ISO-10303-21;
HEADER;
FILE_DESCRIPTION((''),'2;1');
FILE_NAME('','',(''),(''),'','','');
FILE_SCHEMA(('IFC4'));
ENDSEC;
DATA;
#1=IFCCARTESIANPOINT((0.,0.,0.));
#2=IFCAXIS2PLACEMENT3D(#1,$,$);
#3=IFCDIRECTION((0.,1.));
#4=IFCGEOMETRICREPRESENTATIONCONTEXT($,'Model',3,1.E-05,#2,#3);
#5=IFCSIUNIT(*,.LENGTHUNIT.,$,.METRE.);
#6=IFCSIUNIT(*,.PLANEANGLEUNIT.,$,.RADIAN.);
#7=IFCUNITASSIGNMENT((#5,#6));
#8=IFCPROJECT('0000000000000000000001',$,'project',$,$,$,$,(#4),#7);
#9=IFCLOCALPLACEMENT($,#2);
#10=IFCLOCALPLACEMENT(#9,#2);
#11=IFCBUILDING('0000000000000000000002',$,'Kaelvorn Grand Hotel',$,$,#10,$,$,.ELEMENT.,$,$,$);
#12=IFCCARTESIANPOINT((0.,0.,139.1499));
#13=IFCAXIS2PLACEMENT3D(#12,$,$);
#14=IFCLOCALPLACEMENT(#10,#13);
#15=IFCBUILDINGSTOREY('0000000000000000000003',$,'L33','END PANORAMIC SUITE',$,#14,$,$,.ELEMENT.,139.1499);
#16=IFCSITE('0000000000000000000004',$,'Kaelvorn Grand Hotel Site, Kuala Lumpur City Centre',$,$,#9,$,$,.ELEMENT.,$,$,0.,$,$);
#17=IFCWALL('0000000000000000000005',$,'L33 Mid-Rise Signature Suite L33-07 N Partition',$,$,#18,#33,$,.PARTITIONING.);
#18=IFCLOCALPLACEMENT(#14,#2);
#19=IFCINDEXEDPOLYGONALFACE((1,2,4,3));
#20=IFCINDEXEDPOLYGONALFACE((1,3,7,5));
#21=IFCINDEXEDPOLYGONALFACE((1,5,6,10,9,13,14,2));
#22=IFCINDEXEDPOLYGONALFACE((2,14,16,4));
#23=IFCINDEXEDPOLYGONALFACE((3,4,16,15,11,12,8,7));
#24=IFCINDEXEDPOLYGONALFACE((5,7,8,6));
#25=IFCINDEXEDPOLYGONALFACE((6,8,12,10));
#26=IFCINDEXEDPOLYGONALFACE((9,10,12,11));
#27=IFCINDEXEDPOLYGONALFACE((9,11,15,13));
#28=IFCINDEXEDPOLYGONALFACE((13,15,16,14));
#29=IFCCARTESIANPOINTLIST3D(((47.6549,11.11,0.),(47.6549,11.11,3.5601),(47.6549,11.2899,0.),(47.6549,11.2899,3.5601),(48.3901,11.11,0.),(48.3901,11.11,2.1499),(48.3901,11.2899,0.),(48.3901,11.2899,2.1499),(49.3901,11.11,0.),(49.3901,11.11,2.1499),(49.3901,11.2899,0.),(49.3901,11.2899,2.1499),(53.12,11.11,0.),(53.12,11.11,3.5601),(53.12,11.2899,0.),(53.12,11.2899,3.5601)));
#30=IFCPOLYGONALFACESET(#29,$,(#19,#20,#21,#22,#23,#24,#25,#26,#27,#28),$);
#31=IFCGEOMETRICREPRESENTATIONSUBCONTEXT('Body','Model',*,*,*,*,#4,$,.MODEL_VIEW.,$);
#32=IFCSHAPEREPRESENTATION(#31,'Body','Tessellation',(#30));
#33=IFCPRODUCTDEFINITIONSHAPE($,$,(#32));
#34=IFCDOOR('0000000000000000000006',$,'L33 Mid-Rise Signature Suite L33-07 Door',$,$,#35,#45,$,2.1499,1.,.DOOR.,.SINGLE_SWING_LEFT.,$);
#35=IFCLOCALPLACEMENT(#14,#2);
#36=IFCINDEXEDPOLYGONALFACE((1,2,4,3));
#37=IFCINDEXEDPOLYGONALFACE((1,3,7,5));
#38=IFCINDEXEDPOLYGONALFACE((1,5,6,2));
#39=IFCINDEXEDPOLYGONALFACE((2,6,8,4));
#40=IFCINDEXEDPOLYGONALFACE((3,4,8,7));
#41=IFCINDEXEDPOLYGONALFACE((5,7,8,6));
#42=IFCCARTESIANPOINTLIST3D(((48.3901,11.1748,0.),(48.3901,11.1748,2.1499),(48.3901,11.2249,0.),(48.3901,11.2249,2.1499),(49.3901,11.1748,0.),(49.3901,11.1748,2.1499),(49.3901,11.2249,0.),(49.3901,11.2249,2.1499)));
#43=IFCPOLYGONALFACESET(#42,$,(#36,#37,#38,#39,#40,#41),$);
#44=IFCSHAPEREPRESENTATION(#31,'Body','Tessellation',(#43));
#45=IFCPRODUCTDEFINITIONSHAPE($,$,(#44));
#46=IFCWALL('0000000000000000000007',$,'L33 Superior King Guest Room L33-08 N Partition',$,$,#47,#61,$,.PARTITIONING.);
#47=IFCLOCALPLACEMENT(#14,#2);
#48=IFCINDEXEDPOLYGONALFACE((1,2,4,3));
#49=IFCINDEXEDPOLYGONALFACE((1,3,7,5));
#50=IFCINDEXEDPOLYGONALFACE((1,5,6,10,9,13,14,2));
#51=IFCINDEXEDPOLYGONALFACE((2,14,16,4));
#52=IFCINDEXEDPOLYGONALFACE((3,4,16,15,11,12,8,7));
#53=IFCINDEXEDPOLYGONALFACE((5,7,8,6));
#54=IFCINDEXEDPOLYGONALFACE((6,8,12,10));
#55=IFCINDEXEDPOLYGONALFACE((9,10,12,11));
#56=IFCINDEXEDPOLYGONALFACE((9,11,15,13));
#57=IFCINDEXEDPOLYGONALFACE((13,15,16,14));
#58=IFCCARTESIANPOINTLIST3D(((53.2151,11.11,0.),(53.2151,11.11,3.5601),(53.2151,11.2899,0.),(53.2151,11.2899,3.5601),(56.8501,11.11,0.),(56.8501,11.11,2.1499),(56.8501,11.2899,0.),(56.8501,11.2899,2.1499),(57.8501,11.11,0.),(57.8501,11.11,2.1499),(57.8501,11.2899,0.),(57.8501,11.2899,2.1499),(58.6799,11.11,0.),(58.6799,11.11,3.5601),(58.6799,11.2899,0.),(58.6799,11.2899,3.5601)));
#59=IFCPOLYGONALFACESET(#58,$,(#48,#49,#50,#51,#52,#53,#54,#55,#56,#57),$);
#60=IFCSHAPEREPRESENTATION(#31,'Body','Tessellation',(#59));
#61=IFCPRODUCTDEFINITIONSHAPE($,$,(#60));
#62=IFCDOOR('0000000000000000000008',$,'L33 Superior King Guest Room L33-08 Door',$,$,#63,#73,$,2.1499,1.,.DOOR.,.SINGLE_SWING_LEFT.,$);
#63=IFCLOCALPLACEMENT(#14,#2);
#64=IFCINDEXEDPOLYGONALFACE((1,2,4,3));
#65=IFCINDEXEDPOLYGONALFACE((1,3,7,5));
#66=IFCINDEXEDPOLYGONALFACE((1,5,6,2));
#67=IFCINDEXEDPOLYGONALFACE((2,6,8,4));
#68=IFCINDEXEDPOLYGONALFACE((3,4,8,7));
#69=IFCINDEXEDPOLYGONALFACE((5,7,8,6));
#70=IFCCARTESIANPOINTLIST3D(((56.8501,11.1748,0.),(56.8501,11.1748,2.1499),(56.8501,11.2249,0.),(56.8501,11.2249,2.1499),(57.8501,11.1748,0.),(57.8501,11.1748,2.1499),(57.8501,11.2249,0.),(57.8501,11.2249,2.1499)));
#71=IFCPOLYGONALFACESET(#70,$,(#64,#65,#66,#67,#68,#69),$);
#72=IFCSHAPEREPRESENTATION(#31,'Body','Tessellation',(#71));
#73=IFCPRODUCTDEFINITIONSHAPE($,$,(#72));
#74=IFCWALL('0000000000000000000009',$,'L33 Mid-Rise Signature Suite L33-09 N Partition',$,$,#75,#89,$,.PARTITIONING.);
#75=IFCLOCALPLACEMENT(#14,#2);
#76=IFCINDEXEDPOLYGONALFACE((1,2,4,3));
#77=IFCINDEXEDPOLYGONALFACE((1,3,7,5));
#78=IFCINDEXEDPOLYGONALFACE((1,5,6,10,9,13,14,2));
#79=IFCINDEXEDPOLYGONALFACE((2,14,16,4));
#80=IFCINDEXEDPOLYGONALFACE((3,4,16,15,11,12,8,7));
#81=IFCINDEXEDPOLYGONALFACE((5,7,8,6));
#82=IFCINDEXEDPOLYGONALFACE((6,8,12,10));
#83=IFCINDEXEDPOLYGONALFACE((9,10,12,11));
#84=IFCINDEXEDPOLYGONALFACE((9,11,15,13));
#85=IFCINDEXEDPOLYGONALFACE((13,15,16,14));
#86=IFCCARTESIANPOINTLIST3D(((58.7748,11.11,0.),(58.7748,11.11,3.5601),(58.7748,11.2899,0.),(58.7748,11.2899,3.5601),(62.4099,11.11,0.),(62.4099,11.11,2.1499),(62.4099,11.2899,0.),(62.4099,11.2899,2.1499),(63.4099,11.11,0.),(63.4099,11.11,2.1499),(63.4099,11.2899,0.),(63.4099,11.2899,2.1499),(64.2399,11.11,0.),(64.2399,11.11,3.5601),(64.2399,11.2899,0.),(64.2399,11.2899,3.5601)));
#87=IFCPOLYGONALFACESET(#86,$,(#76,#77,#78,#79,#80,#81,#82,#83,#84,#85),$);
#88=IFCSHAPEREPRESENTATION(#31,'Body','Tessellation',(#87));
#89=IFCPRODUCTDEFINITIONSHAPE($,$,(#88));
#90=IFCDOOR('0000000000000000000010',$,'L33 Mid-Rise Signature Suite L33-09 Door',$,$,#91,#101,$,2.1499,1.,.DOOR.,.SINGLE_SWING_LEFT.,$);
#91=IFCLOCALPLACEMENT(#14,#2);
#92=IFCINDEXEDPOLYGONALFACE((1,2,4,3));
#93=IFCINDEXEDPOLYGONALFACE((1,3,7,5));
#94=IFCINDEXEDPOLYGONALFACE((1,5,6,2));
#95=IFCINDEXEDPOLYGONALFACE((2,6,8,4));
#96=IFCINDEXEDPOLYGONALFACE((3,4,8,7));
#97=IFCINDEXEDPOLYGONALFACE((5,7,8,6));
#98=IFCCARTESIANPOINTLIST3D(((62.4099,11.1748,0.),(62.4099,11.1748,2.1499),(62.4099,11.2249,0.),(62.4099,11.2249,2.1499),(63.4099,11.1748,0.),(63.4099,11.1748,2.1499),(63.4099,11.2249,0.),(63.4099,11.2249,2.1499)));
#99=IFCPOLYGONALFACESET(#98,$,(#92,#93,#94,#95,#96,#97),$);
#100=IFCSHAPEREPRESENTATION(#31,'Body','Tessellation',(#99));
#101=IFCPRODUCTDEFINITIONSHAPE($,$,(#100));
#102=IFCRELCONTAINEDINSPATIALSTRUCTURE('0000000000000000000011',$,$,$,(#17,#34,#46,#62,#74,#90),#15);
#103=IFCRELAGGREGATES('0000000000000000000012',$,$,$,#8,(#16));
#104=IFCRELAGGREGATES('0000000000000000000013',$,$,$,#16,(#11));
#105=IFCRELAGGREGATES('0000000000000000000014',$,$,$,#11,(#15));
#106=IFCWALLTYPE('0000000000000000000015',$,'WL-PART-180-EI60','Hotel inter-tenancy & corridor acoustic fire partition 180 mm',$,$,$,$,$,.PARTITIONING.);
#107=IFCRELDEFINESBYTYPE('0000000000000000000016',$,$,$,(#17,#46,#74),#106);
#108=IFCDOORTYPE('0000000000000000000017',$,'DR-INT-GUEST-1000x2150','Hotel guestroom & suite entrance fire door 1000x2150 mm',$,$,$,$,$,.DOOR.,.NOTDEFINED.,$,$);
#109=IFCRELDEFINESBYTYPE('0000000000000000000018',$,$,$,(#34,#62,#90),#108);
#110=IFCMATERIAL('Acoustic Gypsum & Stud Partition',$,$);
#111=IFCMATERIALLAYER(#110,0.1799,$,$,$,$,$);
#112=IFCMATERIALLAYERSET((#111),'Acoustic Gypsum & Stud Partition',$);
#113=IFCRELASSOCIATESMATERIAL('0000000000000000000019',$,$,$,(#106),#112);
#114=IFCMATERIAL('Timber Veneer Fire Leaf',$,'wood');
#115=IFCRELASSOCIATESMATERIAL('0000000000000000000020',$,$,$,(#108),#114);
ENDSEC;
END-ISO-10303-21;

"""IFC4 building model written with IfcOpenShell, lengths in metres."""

from ifc_helpers import new_model, si_unit, direction, frame, frame_2d, origin, place, context, subcontext, project, spatial, rectangle, extrude, material, layer, layer_set, type_object, element, fill, save


model = new_model("IFC4")

# Units and contexts
model_context = context("Model", 3, precision=1e-05, world=origin(), true_north=direction((0.0, 1.0)))
body_context = subcontext(model_context, "Body", "Model", "MODEL_VIEW")
ifc_project = project(units=[si_unit("LENGTHUNIT", "METRE"), si_unit("PLANEANGLEUNIT", "RADIAN")], contexts=[model_context])

# Site, building, storey
site_placement = place(None, origin())
site = spatial("IfcSite", under=ifc_project, at=site_placement, Name="Kaelvorn Grand Hotel Site, Kuala Lumpur City Centre", CompositionType="ELEMENT", RefElevation=0.0)
building_placement = place(site_placement, origin())
building = spatial("IfcBuilding", under=site, at=building_placement, Name="Kaelvorn Grand Hotel", CompositionType="ELEMENT")
storey_placement = place(building_placement, frame((0.0, 0.0, 139.1499)))
storey = spatial("IfcBuildingStorey", under=building, at=storey_placement, Name="L33", Description="END PANORAMIC SUITE", CompositionType="ELEMENT", Elevation=139.1499)

# Shared definitions
ifc_material_1 = material(Name="Acoustic Gypsum & Stud Partition")
ifc_material_2 = material(Name="Timber Veneer Fire Leaf", Category="wood")

# Walls, openings, doors
ifc_layer_1 = layer(ifc_material_1, 0.1799)
ifc_layer_set_1 = layer_set([ifc_layer_1], Name="Acoustic Gypsum & Stud Partition")
wall_type_1 = type_object("IfcWallType", Name="WL-PART-180-EI60", Description="Hotel inter-tenancy & corridor acoustic fire partition 180 mm", PredefinedType="PARTITIONING", material=ifc_layer_set_1)
wall_1_placement = place(storey_placement, frame((47.655, 11.2, 0.0), z_axis=(0.0, 0.0, 1.0), x_axis=(1.0, 0.0, 0.0)))
wall_1 = element("IfcWall", 1, at=wall_1_placement, inside=storey, type_object=wall_type_1, Name="L33 Mid-Rise Signature Suite L33-07 N Partition", PredefinedType="PARTITIONING", context=body_context, shape_type="SweptSolid", body=[
    extrude(rectangle(XDim=5.4651, YDim=0.1799, at=frame_2d((2.7324, 0.0))), origin(), (0.0, 0.0, 1.0), 3.5601),
])
opening_1_placement = place(wall_1_placement, frame((0.7351, 0.0, 0.0)))
opening_1 = element("IfcOpeningElement", 2, at=opening_1_placement, cuts=wall_1, PredefinedType="OPENING", context=body_context, shape_type="SweptSolid", body=[
    extrude(rectangle(XDim=1.0, YDim=2.1499, at=frame_2d((0.5, 1.075))), frame((0.0, 0.1001, 0.0), z_axis=(0.0, -1.0, 0.0), x_axis=(1.0, 0.0, 0.0)), (0.0, 0.0, 1.0), 0.2),
])
door_type_1 = type_object("IfcDoorType", Name="DR-INT-GUEST-1000x2150", Description="Hotel guestroom & suite entrance fire door 1000x2150 mm", OperationType="NOTDEFINED", PredefinedType="DOOR", material=ifc_material_2)
door_1_placement = place(opening_1_placement, origin())
door_1 = element("IfcDoor", 3, at=door_1_placement, inside=storey, type_object=door_type_1, Name="L33 Mid-Rise Signature Suite L33-07 Door", OperationType="SINGLE_SWING_LEFT", OverallHeight=2.1499, OverallWidth=1.0, PredefinedType="DOOR", context=body_context, shape_type="SweptSolid", body=[
    extrude(rectangle(XDim=1.0, YDim=2.1499, at=frame_2d((0.5, 1.075))), frame((0.0, 0.0249, 0.0), z_axis=(0.0, -1.0, 0.0), x_axis=(1.0, 0.0, 0.0)), (0.0, 0.0, 1.0), 0.05),
])
fill(opening_1, door_1)
wall_2_placement = place(storey_placement, frame((53.2151, 11.2, 0.0), z_axis=(0.0, 0.0, 1.0), x_axis=(1.0, 0.0, 0.0)))
wall_2 = element("IfcWall", 4, at=wall_2_placement, inside=storey, type_object=wall_type_1, Name="L33 Superior King Guest Room L33-08 N Partition", PredefinedType="PARTITIONING", context=body_context, shape_type="SweptSolid", body=[
    extrude(rectangle(XDim=5.4648, YDim=0.1799, at=frame_2d((2.7324, 0.0))), origin(), (0.0, 0.0, 1.0), 3.5601),
])
opening_2_placement = place(wall_2_placement, frame((3.635, 0.0, 0.0)))
opening_2 = element("IfcOpeningElement", 5, at=opening_2_placement, cuts=wall_2, PredefinedType="OPENING", context=body_context, shape_type="SweptSolid", body=[
    extrude(rectangle(XDim=1.0, YDim=2.1499, at=frame_2d((0.5, 1.075))), frame((0.0, 0.1001, 0.0), z_axis=(0.0, -1.0, 0.0), x_axis=(1.0, 0.0, 0.0)), (0.0, 0.0, 1.0), 0.2),
])
door_2_placement = place(opening_2_placement, origin())
door_2 = element("IfcDoor", 6, at=door_2_placement, inside=storey, type_object=door_type_1, Name="L33 Superior King Guest Room L33-08 Door", OperationType="SINGLE_SWING_LEFT", OverallHeight=2.1499, OverallWidth=1.0, PredefinedType="DOOR", context=body_context, shape_type="SweptSolid", body=[
    extrude(rectangle(XDim=1.0, YDim=2.1499, at=frame_2d((0.5, 1.075))), frame((0.0, 0.0249, 0.0), z_axis=(0.0, -1.0, 0.0), x_axis=(1.0, 0.0, 0.0)), (0.0, 0.0, 1.0), 0.05),
])
fill(opening_2, door_2)
wall_3_placement = place(storey_placement, frame((58.7749, 11.2, 0.0), z_axis=(0.0, 0.0, 1.0), x_axis=(1.0, 0.0, 0.0)))
wall_3 = element("IfcWall", 7, at=wall_3_placement, inside=storey, type_object=wall_type_1, Name="L33 Mid-Rise Signature Suite L33-09 N Partition", PredefinedType="PARTITIONING", context=body_context, shape_type="SweptSolid", body=[
    extrude(rectangle(XDim=5.4651, YDim=0.1799, at=frame_2d((2.7324, 0.0))), origin(), (0.0, 0.0, 1.0), 3.5601),
])
opening_3_placement = place(wall_3_placement, frame((3.635, 0.0, 0.0)))
opening_3 = element("IfcOpeningElement", 8, at=opening_3_placement, cuts=wall_3, PredefinedType="OPENING", context=body_context, shape_type="SweptSolid", body=[
    extrude(rectangle(XDim=1.0, YDim=2.1499, at=frame_2d((0.5, 1.075))), frame((0.0, 0.1001, 0.0), z_axis=(0.0, -1.0, 0.0), x_axis=(1.0, 0.0, 0.0)), (0.0, 0.0, 1.0), 0.2),
])
door_3_placement = place(opening_3_placement, origin())
door_3 = element("IfcDoor", 9, at=door_3_placement, inside=storey, type_object=door_type_1, Name="L33 Mid-Rise Signature Suite L33-09 Door", OperationType="SINGLE_SWING_LEFT", OverallHeight=2.1499, OverallWidth=1.0, PredefinedType="DOOR", context=body_context, shape_type="SweptSolid", body=[
    extrude(rectangle(XDim=1.0, YDim=2.1499, at=frame_2d((0.5, 1.075))), frame((0.0, 0.0249, 0.0), z_axis=(0.0, -1.0, 0.0), x_axis=(1.0, 0.0, 0.0)), (0.0, 0.0, 1.0), 0.05),
])
fill(opening_3, door_3)

save(model, "model.ifc")
